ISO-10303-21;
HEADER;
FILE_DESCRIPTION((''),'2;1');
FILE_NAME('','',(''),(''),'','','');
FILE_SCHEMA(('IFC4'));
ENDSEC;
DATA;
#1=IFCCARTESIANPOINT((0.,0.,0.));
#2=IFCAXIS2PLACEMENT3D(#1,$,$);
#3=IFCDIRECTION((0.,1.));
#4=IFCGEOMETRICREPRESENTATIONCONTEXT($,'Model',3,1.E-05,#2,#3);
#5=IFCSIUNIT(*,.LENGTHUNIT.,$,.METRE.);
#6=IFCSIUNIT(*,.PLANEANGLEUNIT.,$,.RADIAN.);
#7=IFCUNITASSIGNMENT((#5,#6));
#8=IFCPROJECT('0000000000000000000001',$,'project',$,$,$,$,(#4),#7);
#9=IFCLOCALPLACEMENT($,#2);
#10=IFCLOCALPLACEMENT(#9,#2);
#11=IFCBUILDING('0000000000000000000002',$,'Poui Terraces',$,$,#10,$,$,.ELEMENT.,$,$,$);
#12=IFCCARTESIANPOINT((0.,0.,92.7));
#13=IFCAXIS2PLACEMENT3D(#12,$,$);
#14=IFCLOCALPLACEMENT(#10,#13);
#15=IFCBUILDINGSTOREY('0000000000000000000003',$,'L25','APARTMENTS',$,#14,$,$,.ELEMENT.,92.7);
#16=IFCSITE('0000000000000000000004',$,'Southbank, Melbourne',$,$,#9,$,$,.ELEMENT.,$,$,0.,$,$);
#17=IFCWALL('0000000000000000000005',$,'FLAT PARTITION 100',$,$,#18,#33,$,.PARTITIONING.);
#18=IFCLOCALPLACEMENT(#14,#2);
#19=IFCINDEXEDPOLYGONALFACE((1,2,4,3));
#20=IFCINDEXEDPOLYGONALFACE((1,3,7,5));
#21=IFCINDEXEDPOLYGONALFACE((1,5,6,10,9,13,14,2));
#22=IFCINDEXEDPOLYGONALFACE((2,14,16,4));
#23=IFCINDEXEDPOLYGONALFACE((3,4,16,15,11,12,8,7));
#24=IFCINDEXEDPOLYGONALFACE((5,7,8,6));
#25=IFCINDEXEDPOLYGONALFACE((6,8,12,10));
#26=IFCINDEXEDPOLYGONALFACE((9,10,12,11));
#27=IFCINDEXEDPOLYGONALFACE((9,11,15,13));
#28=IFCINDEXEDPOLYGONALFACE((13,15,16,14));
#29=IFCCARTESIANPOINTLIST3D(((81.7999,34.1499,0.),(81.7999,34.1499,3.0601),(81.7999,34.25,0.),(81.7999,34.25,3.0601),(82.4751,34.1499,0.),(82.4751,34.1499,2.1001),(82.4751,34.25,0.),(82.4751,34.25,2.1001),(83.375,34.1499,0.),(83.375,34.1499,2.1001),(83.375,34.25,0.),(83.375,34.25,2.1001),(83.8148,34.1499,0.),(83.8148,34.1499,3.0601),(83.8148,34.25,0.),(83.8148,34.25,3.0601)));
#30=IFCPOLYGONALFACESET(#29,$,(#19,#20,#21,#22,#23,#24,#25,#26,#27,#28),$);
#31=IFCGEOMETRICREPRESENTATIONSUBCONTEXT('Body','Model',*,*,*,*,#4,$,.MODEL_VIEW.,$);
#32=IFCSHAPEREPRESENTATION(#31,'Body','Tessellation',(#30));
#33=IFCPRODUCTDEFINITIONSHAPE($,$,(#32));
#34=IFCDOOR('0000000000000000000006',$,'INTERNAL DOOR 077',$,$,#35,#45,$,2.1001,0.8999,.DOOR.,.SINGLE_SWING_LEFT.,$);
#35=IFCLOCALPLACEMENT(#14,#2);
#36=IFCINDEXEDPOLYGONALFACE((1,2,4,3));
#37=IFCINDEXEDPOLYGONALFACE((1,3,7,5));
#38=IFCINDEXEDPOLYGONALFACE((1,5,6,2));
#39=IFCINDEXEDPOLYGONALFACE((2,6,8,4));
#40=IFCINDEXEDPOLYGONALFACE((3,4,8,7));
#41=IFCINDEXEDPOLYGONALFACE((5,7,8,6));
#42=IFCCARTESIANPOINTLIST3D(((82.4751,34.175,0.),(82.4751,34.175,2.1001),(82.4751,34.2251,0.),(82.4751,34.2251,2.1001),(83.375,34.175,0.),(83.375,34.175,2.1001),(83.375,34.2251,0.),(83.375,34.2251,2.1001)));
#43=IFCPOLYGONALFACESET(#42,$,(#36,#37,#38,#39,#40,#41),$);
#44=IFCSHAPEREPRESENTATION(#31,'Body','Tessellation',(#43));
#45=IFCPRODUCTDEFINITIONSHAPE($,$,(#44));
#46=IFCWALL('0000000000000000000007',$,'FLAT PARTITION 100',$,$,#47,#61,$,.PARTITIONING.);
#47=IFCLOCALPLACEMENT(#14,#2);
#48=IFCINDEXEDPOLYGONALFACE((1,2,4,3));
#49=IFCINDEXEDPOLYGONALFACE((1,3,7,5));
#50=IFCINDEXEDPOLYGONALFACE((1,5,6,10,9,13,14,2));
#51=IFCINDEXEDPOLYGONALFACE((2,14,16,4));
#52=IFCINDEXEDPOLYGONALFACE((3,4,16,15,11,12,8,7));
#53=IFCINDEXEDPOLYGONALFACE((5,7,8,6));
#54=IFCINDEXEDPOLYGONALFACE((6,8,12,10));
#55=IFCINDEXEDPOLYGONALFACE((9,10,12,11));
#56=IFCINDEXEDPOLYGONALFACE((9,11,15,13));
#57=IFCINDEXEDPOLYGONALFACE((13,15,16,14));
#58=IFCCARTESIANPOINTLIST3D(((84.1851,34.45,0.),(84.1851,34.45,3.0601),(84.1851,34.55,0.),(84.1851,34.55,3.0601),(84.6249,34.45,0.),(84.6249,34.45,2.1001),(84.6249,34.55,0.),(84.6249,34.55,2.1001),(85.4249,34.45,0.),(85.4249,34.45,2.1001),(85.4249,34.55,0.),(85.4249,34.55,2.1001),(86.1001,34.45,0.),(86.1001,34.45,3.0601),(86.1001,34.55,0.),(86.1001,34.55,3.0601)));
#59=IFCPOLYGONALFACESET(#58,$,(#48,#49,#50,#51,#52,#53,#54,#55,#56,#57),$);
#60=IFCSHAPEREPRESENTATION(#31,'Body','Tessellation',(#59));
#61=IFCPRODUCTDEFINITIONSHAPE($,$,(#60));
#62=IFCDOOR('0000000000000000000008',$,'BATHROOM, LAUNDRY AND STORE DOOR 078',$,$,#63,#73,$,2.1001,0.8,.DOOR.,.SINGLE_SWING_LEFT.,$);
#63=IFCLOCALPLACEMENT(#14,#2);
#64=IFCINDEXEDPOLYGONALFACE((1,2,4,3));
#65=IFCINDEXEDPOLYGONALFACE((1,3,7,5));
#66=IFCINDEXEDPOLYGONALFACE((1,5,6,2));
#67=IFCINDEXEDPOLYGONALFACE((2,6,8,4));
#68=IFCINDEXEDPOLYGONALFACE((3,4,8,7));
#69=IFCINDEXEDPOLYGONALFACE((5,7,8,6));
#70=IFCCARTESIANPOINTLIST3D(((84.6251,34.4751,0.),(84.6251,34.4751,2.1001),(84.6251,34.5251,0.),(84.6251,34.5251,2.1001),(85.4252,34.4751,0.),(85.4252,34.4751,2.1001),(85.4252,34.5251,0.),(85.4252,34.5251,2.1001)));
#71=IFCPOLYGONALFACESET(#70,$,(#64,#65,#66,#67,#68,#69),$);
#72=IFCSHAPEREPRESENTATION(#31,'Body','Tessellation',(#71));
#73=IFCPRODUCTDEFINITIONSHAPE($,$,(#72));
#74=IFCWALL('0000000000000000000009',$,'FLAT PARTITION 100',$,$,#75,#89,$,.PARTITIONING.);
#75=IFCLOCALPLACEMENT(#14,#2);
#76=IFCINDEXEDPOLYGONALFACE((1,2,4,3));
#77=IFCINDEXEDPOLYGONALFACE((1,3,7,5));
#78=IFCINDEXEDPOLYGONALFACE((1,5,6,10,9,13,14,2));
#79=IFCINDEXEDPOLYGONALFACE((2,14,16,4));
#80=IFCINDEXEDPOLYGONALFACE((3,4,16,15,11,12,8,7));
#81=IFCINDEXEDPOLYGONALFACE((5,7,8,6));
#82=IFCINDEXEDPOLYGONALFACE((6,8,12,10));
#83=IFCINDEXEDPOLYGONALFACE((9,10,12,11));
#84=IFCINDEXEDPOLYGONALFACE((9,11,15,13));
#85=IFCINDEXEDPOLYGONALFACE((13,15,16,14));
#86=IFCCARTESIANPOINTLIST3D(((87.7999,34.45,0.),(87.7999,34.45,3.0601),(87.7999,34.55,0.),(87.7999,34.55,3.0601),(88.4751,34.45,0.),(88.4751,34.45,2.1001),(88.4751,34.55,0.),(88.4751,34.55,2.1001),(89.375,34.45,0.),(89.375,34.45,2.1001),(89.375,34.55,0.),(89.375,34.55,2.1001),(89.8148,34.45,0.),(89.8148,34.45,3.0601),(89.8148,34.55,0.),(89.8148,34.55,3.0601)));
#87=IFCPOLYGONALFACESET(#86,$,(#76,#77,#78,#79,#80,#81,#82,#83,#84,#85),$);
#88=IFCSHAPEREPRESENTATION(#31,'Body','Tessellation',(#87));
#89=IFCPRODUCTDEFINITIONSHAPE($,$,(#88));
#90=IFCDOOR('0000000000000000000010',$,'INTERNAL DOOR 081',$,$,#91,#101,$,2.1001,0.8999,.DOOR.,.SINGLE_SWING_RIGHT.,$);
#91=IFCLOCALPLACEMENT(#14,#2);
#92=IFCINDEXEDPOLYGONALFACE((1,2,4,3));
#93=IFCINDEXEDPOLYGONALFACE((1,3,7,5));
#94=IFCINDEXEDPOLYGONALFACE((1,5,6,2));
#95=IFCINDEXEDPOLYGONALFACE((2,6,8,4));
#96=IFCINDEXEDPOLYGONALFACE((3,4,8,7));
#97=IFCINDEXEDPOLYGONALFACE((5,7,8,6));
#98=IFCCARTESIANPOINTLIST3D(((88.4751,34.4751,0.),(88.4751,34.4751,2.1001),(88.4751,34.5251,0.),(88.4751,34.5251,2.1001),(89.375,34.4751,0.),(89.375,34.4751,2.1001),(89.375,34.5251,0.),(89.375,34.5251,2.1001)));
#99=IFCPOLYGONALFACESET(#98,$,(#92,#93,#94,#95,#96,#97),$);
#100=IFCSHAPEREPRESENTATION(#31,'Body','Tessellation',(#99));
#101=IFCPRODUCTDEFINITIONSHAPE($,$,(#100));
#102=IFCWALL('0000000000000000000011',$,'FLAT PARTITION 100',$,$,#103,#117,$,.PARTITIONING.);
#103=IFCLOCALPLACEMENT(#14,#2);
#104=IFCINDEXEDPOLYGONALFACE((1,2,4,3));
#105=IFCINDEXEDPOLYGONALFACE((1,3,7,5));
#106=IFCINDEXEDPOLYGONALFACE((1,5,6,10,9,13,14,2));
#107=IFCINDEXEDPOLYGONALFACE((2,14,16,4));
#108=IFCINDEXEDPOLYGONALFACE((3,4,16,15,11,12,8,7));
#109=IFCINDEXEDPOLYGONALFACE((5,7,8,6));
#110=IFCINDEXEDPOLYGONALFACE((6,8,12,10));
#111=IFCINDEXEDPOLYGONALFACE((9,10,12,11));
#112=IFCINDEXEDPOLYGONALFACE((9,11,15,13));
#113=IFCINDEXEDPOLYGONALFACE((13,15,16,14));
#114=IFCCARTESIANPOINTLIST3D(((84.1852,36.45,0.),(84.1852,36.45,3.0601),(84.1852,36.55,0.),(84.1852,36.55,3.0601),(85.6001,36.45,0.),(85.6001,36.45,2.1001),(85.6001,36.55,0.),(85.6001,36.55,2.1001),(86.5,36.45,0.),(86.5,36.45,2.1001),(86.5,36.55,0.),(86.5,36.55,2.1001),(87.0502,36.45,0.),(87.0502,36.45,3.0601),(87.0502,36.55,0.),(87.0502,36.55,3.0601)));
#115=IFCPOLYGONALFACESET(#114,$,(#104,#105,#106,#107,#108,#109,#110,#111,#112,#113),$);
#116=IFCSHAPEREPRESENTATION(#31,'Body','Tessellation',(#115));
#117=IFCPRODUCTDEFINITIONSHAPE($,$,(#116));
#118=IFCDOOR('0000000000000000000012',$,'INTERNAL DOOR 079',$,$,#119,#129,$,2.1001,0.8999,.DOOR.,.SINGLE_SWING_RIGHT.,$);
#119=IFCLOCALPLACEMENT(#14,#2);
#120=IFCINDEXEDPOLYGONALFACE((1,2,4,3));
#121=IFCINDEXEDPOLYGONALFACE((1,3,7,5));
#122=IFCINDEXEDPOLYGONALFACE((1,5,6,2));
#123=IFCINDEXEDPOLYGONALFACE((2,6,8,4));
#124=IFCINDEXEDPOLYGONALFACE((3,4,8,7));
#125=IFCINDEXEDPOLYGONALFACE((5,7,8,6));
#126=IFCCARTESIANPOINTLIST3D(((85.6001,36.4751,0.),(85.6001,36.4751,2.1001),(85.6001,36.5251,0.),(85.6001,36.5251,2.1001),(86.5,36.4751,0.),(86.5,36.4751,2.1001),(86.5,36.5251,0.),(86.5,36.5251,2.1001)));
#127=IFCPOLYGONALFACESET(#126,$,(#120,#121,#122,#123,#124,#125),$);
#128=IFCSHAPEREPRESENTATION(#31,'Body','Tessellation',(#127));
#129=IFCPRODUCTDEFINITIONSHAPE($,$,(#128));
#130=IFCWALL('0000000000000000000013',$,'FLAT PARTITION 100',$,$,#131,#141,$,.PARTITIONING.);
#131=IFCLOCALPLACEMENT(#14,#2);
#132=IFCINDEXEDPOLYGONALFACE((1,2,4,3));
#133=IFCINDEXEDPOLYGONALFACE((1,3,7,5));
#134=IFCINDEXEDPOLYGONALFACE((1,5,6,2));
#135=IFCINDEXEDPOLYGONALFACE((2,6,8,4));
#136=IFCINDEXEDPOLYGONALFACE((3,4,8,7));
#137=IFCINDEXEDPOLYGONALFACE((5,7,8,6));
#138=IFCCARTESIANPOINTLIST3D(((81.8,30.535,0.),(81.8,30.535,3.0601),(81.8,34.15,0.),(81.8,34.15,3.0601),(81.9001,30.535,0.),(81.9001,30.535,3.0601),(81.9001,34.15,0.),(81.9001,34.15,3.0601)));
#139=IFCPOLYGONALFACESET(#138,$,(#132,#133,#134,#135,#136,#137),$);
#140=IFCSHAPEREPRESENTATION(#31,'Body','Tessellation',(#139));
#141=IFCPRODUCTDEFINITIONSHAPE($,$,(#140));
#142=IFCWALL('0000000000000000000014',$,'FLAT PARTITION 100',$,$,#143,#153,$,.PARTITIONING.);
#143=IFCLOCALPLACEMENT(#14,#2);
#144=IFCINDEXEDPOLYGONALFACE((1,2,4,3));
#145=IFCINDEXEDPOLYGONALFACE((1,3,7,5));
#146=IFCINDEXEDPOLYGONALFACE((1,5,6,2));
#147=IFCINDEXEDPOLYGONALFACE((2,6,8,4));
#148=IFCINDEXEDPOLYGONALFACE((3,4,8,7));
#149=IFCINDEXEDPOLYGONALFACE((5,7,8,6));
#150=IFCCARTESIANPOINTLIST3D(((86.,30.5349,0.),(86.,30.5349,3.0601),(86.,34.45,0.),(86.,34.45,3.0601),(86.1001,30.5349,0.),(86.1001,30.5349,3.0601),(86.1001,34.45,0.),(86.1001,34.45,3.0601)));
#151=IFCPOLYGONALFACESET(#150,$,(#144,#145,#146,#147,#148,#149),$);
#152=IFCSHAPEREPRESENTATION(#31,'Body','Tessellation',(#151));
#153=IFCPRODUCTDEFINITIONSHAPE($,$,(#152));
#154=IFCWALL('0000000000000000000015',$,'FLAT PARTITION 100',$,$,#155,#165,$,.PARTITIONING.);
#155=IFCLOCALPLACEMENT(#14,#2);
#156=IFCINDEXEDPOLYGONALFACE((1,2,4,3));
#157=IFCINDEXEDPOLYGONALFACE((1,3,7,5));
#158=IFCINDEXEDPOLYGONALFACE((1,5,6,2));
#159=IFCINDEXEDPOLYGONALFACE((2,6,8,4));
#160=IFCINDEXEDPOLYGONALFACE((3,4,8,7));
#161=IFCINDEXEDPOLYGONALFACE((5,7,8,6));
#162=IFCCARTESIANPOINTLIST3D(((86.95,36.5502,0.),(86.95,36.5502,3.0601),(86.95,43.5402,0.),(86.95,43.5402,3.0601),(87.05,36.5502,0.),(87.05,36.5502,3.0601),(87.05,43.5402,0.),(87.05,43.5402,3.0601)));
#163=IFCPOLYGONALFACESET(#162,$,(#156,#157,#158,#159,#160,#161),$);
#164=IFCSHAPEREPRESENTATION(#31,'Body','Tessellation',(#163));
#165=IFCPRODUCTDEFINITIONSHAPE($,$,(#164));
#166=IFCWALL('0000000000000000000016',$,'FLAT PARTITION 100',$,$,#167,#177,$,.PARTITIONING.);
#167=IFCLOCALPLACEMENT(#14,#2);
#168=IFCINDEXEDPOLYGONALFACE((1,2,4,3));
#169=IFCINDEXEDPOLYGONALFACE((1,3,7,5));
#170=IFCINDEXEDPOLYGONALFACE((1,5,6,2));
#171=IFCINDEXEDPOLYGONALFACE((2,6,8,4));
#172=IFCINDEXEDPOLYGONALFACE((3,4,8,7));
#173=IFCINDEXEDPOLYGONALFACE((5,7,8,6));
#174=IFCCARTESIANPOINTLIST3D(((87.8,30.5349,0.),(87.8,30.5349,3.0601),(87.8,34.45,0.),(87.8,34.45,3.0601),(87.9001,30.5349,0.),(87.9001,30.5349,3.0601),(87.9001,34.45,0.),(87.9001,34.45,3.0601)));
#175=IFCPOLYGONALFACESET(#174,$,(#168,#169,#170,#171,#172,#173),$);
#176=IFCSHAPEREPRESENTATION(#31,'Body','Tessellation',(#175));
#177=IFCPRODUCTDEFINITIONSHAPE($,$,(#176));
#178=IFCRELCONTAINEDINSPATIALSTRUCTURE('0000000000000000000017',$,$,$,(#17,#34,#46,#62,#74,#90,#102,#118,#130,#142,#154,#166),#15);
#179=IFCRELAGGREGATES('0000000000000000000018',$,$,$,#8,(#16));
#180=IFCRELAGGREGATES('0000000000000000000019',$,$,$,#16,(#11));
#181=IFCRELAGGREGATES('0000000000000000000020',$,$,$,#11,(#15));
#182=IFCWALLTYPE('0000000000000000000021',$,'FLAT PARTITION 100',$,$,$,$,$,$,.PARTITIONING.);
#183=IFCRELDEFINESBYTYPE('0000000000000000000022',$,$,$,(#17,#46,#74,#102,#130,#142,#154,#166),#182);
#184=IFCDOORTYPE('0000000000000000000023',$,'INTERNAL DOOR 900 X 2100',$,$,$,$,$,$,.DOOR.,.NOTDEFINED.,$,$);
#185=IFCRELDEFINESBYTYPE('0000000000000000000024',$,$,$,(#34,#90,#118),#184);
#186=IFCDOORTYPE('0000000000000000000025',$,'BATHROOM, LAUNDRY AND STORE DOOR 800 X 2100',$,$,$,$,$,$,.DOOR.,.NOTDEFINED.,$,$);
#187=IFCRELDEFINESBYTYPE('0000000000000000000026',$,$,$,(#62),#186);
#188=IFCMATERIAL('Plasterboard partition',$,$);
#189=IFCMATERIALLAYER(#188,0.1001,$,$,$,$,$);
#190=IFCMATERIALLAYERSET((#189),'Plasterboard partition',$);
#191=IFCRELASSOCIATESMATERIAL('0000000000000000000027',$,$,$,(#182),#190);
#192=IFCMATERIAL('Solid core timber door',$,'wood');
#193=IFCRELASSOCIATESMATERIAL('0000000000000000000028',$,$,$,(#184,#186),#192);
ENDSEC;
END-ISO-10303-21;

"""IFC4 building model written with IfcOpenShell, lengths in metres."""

from ifc_helpers import new_model, si_unit, direction, frame, frame_2d, origin, place, context, subcontext, project, spatial, rectangle, extrude, material, layer, layer_set, type_object, element, fill, save


model = new_model("IFC4")

# Units and contexts
model_context = context("Model", 3, precision=1e-05, world=origin(), true_north=direction((0.0, 1.0)))
body_context = subcontext(model_context, "Body", "Model", "MODEL_VIEW")
ifc_project = project(units=[si_unit("LENGTHUNIT", "METRE"), si_unit("PLANEANGLEUNIT", "RADIAN")], contexts=[model_context])

# Site, building, storey
site_placement = place(None, origin())
site = spatial("IfcSite", under=ifc_project, at=site_placement, Name="Southbank, Melbourne", CompositionType="ELEMENT", RefElevation=0.0)
building_placement = place(site_placement, origin())
building = spatial("IfcBuilding", under=site, at=building_placement, Name="Poui Terraces", CompositionType="ELEMENT")
storey_placement = place(building_placement, frame((0.0, 0.0, 92.7)))
storey = spatial("IfcBuildingStorey", under=building, at=storey_placement, Name="L25", Description="APARTMENTS", CompositionType="ELEMENT", Elevation=92.7)

# Walls, openings, doors
ifc_material_1 = material(Name="Plasterboard partition")
ifc_layer_1 = layer(ifc_material_1, 0.1001)
ifc_layer_set_1 = layer_set([ifc_layer_1], Name="Plasterboard partition")
wall_type_1 = type_object("IfcWallType", Name="FLAT PARTITION 100", PredefinedType="PARTITIONING", material=ifc_layer_set_1)
wall_1_placement = place(storey_placement, frame((81.8, 34.2, 0.0), z_axis=(0.0, 0.0, 1.0), x_axis=(1.0, 0.0, 0.0)))
wall_1 = element("IfcWall", 1, at=wall_1_placement, inside=storey, type_object=wall_type_1, Name="FLAT PARTITION 100", PredefinedType="PARTITIONING", context=body_context, shape_type="SweptSolid", body=[
    extrude(rectangle(XDim=2.0149, YDim=0.1001, at=frame_2d((1.0073, 0.0))), origin(), (0.0, 0.0, 1.0), 3.0601),
])
opening_1_placement = place(wall_1_placement, frame((0.675, 0.0, 0.0)))
opening_1 = element("IfcOpeningElement", 2, at=opening_1_placement, cuts=wall_1, PredefinedType="OPENING", context=body_context, shape_type="SweptSolid", body=[
    extrude(rectangle(XDim=0.8999, YDim=2.1001, at=frame_2d((0.45, 1.05))), frame((0.0, 0.0601, 0.0), z_axis=(0.0, -1.0, 0.0), x_axis=(1.0, 0.0, 0.0)), (0.0, 0.0, 1.0), 0.1201),
])
ifc_material_2 = material(Name="Solid core timber door", Category="wood")
door_type_1 = type_object("IfcDoorType", Name="INTERNAL DOOR 900 X 2100", OperationType="NOTDEFINED", PredefinedType="DOOR", material=ifc_material_2)
door_1_placement = place(opening_1_placement, frame((0.8999, 0.0, 0.0), z_axis=(0.0, 0.0, 1.0), x_axis=(-1.0, 0.0, 0.0)))
door_1 = element("IfcDoor", 3, at=door_1_placement, inside=storey, type_object=door_type_1, Name="INTERNAL DOOR 077", OperationType="SINGLE_SWING_LEFT", OverallHeight=2.1001, OverallWidth=0.8999, PredefinedType="DOOR", context=body_context, shape_type="SweptSolid", body=[
    extrude(rectangle(XDim=0.8999, YDim=2.1001, at=frame_2d((0.45, 1.05))), frame((0.0, 0.0249, 0.0), z_axis=(0.0, -1.0, 0.0), x_axis=(1.0, 0.0, 0.0)), (0.0, 0.0, 1.0), 0.05),
])
fill(opening_1, door_1)
wall_2_placement = place(storey_placement, frame((84.1851, 34.5, 0.0), z_axis=(0.0, 0.0, 1.0), x_axis=(1.0, 0.0, 0.0)))
wall_2 = element("IfcWall", 4, at=wall_2_placement, inside=storey, type_object=wall_type_1, Name="FLAT PARTITION 100", PredefinedType="PARTITIONING", context=body_context, shape_type="SweptSolid", body=[
    extrude(rectangle(XDim=1.915, YDim=0.1001, at=frame_2d((0.9575, 0.0))), origin(), (0.0, 0.0, 1.0), 3.0601),
])
opening_2_placement = place(wall_2_placement, frame((0.4399, 0.0, 0.0)))
opening_2 = element("IfcOpeningElement", 5, at=opening_2_placement, cuts=wall_2, PredefinedType="OPENING", context=body_context, shape_type="SweptSolid", body=[
    extrude(rectangle(XDim=0.8, YDim=2.1001, at=frame_2d((0.3999, 1.05))), frame((0.0, 0.0601, 0.0), z_axis=(0.0, -1.0, 0.0), x_axis=(1.0, 0.0, 0.0)), (0.0, 0.0, 1.0), 0.1201),
])
door_type_2 = type_object("IfcDoorType", Name="BATHROOM, LAUNDRY AND STORE DOOR 800 X 2100", OperationType="NOTDEFINED", PredefinedType="DOOR", material=ifc_material_2)
door_2_placement = place(opening_2_placement, frame((0.8, 0.0, 0.0), z_axis=(0.0, 0.0, 1.0), x_axis=(-1.0, 0.0, 0.0)))
door_2 = element("IfcDoor", 6, at=door_2_placement, inside=storey, type_object=door_type_2, Name="BATHROOM, LAUNDRY AND STORE DOOR 078", OperationType="SINGLE_SWING_LEFT", OverallHeight=2.1001, OverallWidth=0.8, PredefinedType="DOOR", context=body_context, shape_type="SweptSolid", body=[
    extrude(rectangle(XDim=0.8, YDim=2.1001, at=frame_2d((0.3999, 1.05))), frame((0.0, 0.0249, 0.0), z_axis=(0.0, -1.0, 0.0), x_axis=(1.0, 0.0, 0.0)), (0.0, 0.0, 1.0), 0.05),
])
fill(opening_2, door_2)
wall_3_placement = place(storey_placement, frame((87.8, 34.5, 0.0), z_axis=(0.0, 0.0, 1.0), x_axis=(1.0, 0.0, 0.0)))
wall_3 = element("IfcWall", 7, at=wall_3_placement, inside=storey, type_object=wall_type_1, Name="FLAT PARTITION 100", PredefinedType="PARTITIONING", context=body_context, shape_type="SweptSolid", body=[
    extrude(rectangle(XDim=2.0149, YDim=0.1001, at=frame_2d((1.0073, 0.0))), origin(), (0.0, 0.0, 1.0), 3.0601),
])
opening_3_placement = place(wall_3_placement, frame((0.675, 0.0, 0.0)))
opening_3 = element("IfcOpeningElement", 8, at=opening_3_placement, cuts=wall_3, PredefinedType="OPENING", context=body_context, shape_type="SweptSolid", body=[
    extrude(rectangle(XDim=0.8999, YDim=2.1001, at=frame_2d((0.45, 1.05))), frame((0.0, 0.0601, 0.0), z_axis=(0.0, -1.0, 0.0), x_axis=(1.0, 0.0, 0.0)), (0.0, 0.0, 1.0), 0.1201),
])
door_3_placement = place(opening_3_placement, frame((0.8999, 0.0, 0.0), z_axis=(0.0, 0.0, 1.0), x_axis=(-1.0, 0.0, 0.0)))
door_3 = element("IfcDoor", 9, at=door_3_placement, inside=storey, type_object=door_type_1, Name="INTERNAL DOOR 081", OperationType="SINGLE_SWING_RIGHT", OverallHeight=2.1001, OverallWidth=0.8999, PredefinedType="DOOR", context=body_context, shape_type="SweptSolid", body=[
    extrude(rectangle(XDim=0.8999, YDim=2.1001, at=frame_2d((0.45, 1.05))), frame((0.0, 0.0249, 0.0), z_axis=(0.0, -1.0, 0.0), x_axis=(1.0, 0.0, 0.0)), (0.0, 0.0, 1.0), 0.05),
])
fill(opening_3, door_3)
wall_4_placement = place(storey_placement, frame((84.1851, 36.5, 0.0), z_axis=(0.0, 0.0, 1.0), x_axis=(1.0, 0.0, 0.0)))
wall_4 = element("IfcWall", 10, at=wall_4_placement, inside=storey, type_object=wall_type_1, Name="FLAT PARTITION 100", PredefinedType="PARTITIONING", context=body_context, shape_type="SweptSolid", body=[
    extrude(rectangle(XDim=2.865, YDim=0.1001, at=frame_2d((1.4326, 0.0))), origin(), (0.0, 0.0, 1.0), 3.0601),
])
opening_4_placement = place(wall_4_placement, frame((1.415, 0.0, 0.0)))
opening_4 = element("IfcOpeningElement", 11, at=opening_4_placement, cuts=wall_4, PredefinedType="OPENING", context=body_context, shape_type="SweptSolid", body=[
    extrude(rectangle(XDim=0.8999, YDim=2.1001, at=frame_2d((0.45, 1.05))), frame((0.0, 0.0601, 0.0), z_axis=(0.0, -1.0, 0.0), x_axis=(1.0, 0.0, 0.0)), (0.0, 0.0, 1.0), 0.1201),
])
door_4_placement = place(opening_4_placement, frame((0.8999, 0.0, 0.0), z_axis=(0.0, 0.0, 1.0), x_axis=(-1.0, 0.0, 0.0)))
door_4 = element("IfcDoor", 12, at=door_4_placement, inside=storey, type_object=door_type_1, Name="INTERNAL DOOR 079", OperationType="SINGLE_SWING_RIGHT", OverallHeight=2.1001, OverallWidth=0.8999, PredefinedType="DOOR", context=body_context, shape_type="SweptSolid", body=[
    extrude(rectangle(XDim=0.8999, YDim=2.1001, at=frame_2d((0.45, 1.05))), frame((0.0, 0.0249, 0.0), z_axis=(0.0, -1.0, 0.0), x_axis=(1.0, 0.0, 0.0)), (0.0, 0.0, 1.0), 0.05),
])
fill(opening_4, door_4)

# Walls
wall_5_placement = place(storey_placement, frame((81.8501, 30.5349, 0.0), z_axis=(0.0, 0.0, 1.0), x_axis=(0.0, 1.0, 0.0)))
element("IfcWall", 13, at=wall_5_placement, inside=storey, type_object=wall_type_1, Name="FLAT PARTITION 100", PredefinedType="PARTITIONING", context=body_context, shape_type="SweptSolid", body=[
    extrude(rectangle(XDim=3.615, YDim=0.1001, at=frame_2d((1.8076, 0.0))), origin(), (0.0, 0.0, 1.0), 3.0601),
])
wall_6_placement = place(storey_placement, frame((86.05, 30.5349, 0.0), z_axis=(0.0, 0.0, 1.0), x_axis=(0.0, 1.0, 0.0)))
element("IfcWall", 14, at=wall_6_placement, inside=storey, type_object=wall_type_1, Name="FLAT PARTITION 100", PredefinedType="PARTITIONING", context=body_context, shape_type="SweptSolid", body=[
    extrude(rectangle(XDim=3.915, YDim=0.1001, at=frame_2d((1.9575, 0.0))), origin(), (0.0, 0.0, 1.0), 3.0601),
])
wall_7_placement = place(storey_placement, frame((87.0, 36.55, 0.0), z_axis=(0.0, 0.0, 1.0), x_axis=(0.0, 1.0, 0.0)))
element("IfcWall", 15, at=wall_7_placement, inside=storey, type_object=wall_type_1, Name="FLAT PARTITION 100", PredefinedType="PARTITIONING", context=body_context, shape_type="SweptSolid", body=[
    extrude(rectangle(XDim=6.99, YDim=0.1001, at=frame_2d((3.4951, 0.0))), origin(), (0.0, 0.0, 1.0), 3.0601),
])
wall_8_placement = place(storey_placement, frame((87.8501, 30.5349, 0.0), z_axis=(0.0, 0.0, 1.0), x_axis=(0.0, 1.0, 0.0)))
element("IfcWall", 16, at=wall_8_placement, inside=storey, type_object=wall_type_1, Name="FLAT PARTITION 100", PredefinedType="PARTITIONING", context=body_context, shape_type="SweptSolid", body=[
    extrude(rectangle(XDim=3.915, YDim=0.1001, at=frame_2d((1.9575, 0.0))), origin(), (0.0, 0.0, 1.0), 3.0601),
])

save(model, "model.ifc")
